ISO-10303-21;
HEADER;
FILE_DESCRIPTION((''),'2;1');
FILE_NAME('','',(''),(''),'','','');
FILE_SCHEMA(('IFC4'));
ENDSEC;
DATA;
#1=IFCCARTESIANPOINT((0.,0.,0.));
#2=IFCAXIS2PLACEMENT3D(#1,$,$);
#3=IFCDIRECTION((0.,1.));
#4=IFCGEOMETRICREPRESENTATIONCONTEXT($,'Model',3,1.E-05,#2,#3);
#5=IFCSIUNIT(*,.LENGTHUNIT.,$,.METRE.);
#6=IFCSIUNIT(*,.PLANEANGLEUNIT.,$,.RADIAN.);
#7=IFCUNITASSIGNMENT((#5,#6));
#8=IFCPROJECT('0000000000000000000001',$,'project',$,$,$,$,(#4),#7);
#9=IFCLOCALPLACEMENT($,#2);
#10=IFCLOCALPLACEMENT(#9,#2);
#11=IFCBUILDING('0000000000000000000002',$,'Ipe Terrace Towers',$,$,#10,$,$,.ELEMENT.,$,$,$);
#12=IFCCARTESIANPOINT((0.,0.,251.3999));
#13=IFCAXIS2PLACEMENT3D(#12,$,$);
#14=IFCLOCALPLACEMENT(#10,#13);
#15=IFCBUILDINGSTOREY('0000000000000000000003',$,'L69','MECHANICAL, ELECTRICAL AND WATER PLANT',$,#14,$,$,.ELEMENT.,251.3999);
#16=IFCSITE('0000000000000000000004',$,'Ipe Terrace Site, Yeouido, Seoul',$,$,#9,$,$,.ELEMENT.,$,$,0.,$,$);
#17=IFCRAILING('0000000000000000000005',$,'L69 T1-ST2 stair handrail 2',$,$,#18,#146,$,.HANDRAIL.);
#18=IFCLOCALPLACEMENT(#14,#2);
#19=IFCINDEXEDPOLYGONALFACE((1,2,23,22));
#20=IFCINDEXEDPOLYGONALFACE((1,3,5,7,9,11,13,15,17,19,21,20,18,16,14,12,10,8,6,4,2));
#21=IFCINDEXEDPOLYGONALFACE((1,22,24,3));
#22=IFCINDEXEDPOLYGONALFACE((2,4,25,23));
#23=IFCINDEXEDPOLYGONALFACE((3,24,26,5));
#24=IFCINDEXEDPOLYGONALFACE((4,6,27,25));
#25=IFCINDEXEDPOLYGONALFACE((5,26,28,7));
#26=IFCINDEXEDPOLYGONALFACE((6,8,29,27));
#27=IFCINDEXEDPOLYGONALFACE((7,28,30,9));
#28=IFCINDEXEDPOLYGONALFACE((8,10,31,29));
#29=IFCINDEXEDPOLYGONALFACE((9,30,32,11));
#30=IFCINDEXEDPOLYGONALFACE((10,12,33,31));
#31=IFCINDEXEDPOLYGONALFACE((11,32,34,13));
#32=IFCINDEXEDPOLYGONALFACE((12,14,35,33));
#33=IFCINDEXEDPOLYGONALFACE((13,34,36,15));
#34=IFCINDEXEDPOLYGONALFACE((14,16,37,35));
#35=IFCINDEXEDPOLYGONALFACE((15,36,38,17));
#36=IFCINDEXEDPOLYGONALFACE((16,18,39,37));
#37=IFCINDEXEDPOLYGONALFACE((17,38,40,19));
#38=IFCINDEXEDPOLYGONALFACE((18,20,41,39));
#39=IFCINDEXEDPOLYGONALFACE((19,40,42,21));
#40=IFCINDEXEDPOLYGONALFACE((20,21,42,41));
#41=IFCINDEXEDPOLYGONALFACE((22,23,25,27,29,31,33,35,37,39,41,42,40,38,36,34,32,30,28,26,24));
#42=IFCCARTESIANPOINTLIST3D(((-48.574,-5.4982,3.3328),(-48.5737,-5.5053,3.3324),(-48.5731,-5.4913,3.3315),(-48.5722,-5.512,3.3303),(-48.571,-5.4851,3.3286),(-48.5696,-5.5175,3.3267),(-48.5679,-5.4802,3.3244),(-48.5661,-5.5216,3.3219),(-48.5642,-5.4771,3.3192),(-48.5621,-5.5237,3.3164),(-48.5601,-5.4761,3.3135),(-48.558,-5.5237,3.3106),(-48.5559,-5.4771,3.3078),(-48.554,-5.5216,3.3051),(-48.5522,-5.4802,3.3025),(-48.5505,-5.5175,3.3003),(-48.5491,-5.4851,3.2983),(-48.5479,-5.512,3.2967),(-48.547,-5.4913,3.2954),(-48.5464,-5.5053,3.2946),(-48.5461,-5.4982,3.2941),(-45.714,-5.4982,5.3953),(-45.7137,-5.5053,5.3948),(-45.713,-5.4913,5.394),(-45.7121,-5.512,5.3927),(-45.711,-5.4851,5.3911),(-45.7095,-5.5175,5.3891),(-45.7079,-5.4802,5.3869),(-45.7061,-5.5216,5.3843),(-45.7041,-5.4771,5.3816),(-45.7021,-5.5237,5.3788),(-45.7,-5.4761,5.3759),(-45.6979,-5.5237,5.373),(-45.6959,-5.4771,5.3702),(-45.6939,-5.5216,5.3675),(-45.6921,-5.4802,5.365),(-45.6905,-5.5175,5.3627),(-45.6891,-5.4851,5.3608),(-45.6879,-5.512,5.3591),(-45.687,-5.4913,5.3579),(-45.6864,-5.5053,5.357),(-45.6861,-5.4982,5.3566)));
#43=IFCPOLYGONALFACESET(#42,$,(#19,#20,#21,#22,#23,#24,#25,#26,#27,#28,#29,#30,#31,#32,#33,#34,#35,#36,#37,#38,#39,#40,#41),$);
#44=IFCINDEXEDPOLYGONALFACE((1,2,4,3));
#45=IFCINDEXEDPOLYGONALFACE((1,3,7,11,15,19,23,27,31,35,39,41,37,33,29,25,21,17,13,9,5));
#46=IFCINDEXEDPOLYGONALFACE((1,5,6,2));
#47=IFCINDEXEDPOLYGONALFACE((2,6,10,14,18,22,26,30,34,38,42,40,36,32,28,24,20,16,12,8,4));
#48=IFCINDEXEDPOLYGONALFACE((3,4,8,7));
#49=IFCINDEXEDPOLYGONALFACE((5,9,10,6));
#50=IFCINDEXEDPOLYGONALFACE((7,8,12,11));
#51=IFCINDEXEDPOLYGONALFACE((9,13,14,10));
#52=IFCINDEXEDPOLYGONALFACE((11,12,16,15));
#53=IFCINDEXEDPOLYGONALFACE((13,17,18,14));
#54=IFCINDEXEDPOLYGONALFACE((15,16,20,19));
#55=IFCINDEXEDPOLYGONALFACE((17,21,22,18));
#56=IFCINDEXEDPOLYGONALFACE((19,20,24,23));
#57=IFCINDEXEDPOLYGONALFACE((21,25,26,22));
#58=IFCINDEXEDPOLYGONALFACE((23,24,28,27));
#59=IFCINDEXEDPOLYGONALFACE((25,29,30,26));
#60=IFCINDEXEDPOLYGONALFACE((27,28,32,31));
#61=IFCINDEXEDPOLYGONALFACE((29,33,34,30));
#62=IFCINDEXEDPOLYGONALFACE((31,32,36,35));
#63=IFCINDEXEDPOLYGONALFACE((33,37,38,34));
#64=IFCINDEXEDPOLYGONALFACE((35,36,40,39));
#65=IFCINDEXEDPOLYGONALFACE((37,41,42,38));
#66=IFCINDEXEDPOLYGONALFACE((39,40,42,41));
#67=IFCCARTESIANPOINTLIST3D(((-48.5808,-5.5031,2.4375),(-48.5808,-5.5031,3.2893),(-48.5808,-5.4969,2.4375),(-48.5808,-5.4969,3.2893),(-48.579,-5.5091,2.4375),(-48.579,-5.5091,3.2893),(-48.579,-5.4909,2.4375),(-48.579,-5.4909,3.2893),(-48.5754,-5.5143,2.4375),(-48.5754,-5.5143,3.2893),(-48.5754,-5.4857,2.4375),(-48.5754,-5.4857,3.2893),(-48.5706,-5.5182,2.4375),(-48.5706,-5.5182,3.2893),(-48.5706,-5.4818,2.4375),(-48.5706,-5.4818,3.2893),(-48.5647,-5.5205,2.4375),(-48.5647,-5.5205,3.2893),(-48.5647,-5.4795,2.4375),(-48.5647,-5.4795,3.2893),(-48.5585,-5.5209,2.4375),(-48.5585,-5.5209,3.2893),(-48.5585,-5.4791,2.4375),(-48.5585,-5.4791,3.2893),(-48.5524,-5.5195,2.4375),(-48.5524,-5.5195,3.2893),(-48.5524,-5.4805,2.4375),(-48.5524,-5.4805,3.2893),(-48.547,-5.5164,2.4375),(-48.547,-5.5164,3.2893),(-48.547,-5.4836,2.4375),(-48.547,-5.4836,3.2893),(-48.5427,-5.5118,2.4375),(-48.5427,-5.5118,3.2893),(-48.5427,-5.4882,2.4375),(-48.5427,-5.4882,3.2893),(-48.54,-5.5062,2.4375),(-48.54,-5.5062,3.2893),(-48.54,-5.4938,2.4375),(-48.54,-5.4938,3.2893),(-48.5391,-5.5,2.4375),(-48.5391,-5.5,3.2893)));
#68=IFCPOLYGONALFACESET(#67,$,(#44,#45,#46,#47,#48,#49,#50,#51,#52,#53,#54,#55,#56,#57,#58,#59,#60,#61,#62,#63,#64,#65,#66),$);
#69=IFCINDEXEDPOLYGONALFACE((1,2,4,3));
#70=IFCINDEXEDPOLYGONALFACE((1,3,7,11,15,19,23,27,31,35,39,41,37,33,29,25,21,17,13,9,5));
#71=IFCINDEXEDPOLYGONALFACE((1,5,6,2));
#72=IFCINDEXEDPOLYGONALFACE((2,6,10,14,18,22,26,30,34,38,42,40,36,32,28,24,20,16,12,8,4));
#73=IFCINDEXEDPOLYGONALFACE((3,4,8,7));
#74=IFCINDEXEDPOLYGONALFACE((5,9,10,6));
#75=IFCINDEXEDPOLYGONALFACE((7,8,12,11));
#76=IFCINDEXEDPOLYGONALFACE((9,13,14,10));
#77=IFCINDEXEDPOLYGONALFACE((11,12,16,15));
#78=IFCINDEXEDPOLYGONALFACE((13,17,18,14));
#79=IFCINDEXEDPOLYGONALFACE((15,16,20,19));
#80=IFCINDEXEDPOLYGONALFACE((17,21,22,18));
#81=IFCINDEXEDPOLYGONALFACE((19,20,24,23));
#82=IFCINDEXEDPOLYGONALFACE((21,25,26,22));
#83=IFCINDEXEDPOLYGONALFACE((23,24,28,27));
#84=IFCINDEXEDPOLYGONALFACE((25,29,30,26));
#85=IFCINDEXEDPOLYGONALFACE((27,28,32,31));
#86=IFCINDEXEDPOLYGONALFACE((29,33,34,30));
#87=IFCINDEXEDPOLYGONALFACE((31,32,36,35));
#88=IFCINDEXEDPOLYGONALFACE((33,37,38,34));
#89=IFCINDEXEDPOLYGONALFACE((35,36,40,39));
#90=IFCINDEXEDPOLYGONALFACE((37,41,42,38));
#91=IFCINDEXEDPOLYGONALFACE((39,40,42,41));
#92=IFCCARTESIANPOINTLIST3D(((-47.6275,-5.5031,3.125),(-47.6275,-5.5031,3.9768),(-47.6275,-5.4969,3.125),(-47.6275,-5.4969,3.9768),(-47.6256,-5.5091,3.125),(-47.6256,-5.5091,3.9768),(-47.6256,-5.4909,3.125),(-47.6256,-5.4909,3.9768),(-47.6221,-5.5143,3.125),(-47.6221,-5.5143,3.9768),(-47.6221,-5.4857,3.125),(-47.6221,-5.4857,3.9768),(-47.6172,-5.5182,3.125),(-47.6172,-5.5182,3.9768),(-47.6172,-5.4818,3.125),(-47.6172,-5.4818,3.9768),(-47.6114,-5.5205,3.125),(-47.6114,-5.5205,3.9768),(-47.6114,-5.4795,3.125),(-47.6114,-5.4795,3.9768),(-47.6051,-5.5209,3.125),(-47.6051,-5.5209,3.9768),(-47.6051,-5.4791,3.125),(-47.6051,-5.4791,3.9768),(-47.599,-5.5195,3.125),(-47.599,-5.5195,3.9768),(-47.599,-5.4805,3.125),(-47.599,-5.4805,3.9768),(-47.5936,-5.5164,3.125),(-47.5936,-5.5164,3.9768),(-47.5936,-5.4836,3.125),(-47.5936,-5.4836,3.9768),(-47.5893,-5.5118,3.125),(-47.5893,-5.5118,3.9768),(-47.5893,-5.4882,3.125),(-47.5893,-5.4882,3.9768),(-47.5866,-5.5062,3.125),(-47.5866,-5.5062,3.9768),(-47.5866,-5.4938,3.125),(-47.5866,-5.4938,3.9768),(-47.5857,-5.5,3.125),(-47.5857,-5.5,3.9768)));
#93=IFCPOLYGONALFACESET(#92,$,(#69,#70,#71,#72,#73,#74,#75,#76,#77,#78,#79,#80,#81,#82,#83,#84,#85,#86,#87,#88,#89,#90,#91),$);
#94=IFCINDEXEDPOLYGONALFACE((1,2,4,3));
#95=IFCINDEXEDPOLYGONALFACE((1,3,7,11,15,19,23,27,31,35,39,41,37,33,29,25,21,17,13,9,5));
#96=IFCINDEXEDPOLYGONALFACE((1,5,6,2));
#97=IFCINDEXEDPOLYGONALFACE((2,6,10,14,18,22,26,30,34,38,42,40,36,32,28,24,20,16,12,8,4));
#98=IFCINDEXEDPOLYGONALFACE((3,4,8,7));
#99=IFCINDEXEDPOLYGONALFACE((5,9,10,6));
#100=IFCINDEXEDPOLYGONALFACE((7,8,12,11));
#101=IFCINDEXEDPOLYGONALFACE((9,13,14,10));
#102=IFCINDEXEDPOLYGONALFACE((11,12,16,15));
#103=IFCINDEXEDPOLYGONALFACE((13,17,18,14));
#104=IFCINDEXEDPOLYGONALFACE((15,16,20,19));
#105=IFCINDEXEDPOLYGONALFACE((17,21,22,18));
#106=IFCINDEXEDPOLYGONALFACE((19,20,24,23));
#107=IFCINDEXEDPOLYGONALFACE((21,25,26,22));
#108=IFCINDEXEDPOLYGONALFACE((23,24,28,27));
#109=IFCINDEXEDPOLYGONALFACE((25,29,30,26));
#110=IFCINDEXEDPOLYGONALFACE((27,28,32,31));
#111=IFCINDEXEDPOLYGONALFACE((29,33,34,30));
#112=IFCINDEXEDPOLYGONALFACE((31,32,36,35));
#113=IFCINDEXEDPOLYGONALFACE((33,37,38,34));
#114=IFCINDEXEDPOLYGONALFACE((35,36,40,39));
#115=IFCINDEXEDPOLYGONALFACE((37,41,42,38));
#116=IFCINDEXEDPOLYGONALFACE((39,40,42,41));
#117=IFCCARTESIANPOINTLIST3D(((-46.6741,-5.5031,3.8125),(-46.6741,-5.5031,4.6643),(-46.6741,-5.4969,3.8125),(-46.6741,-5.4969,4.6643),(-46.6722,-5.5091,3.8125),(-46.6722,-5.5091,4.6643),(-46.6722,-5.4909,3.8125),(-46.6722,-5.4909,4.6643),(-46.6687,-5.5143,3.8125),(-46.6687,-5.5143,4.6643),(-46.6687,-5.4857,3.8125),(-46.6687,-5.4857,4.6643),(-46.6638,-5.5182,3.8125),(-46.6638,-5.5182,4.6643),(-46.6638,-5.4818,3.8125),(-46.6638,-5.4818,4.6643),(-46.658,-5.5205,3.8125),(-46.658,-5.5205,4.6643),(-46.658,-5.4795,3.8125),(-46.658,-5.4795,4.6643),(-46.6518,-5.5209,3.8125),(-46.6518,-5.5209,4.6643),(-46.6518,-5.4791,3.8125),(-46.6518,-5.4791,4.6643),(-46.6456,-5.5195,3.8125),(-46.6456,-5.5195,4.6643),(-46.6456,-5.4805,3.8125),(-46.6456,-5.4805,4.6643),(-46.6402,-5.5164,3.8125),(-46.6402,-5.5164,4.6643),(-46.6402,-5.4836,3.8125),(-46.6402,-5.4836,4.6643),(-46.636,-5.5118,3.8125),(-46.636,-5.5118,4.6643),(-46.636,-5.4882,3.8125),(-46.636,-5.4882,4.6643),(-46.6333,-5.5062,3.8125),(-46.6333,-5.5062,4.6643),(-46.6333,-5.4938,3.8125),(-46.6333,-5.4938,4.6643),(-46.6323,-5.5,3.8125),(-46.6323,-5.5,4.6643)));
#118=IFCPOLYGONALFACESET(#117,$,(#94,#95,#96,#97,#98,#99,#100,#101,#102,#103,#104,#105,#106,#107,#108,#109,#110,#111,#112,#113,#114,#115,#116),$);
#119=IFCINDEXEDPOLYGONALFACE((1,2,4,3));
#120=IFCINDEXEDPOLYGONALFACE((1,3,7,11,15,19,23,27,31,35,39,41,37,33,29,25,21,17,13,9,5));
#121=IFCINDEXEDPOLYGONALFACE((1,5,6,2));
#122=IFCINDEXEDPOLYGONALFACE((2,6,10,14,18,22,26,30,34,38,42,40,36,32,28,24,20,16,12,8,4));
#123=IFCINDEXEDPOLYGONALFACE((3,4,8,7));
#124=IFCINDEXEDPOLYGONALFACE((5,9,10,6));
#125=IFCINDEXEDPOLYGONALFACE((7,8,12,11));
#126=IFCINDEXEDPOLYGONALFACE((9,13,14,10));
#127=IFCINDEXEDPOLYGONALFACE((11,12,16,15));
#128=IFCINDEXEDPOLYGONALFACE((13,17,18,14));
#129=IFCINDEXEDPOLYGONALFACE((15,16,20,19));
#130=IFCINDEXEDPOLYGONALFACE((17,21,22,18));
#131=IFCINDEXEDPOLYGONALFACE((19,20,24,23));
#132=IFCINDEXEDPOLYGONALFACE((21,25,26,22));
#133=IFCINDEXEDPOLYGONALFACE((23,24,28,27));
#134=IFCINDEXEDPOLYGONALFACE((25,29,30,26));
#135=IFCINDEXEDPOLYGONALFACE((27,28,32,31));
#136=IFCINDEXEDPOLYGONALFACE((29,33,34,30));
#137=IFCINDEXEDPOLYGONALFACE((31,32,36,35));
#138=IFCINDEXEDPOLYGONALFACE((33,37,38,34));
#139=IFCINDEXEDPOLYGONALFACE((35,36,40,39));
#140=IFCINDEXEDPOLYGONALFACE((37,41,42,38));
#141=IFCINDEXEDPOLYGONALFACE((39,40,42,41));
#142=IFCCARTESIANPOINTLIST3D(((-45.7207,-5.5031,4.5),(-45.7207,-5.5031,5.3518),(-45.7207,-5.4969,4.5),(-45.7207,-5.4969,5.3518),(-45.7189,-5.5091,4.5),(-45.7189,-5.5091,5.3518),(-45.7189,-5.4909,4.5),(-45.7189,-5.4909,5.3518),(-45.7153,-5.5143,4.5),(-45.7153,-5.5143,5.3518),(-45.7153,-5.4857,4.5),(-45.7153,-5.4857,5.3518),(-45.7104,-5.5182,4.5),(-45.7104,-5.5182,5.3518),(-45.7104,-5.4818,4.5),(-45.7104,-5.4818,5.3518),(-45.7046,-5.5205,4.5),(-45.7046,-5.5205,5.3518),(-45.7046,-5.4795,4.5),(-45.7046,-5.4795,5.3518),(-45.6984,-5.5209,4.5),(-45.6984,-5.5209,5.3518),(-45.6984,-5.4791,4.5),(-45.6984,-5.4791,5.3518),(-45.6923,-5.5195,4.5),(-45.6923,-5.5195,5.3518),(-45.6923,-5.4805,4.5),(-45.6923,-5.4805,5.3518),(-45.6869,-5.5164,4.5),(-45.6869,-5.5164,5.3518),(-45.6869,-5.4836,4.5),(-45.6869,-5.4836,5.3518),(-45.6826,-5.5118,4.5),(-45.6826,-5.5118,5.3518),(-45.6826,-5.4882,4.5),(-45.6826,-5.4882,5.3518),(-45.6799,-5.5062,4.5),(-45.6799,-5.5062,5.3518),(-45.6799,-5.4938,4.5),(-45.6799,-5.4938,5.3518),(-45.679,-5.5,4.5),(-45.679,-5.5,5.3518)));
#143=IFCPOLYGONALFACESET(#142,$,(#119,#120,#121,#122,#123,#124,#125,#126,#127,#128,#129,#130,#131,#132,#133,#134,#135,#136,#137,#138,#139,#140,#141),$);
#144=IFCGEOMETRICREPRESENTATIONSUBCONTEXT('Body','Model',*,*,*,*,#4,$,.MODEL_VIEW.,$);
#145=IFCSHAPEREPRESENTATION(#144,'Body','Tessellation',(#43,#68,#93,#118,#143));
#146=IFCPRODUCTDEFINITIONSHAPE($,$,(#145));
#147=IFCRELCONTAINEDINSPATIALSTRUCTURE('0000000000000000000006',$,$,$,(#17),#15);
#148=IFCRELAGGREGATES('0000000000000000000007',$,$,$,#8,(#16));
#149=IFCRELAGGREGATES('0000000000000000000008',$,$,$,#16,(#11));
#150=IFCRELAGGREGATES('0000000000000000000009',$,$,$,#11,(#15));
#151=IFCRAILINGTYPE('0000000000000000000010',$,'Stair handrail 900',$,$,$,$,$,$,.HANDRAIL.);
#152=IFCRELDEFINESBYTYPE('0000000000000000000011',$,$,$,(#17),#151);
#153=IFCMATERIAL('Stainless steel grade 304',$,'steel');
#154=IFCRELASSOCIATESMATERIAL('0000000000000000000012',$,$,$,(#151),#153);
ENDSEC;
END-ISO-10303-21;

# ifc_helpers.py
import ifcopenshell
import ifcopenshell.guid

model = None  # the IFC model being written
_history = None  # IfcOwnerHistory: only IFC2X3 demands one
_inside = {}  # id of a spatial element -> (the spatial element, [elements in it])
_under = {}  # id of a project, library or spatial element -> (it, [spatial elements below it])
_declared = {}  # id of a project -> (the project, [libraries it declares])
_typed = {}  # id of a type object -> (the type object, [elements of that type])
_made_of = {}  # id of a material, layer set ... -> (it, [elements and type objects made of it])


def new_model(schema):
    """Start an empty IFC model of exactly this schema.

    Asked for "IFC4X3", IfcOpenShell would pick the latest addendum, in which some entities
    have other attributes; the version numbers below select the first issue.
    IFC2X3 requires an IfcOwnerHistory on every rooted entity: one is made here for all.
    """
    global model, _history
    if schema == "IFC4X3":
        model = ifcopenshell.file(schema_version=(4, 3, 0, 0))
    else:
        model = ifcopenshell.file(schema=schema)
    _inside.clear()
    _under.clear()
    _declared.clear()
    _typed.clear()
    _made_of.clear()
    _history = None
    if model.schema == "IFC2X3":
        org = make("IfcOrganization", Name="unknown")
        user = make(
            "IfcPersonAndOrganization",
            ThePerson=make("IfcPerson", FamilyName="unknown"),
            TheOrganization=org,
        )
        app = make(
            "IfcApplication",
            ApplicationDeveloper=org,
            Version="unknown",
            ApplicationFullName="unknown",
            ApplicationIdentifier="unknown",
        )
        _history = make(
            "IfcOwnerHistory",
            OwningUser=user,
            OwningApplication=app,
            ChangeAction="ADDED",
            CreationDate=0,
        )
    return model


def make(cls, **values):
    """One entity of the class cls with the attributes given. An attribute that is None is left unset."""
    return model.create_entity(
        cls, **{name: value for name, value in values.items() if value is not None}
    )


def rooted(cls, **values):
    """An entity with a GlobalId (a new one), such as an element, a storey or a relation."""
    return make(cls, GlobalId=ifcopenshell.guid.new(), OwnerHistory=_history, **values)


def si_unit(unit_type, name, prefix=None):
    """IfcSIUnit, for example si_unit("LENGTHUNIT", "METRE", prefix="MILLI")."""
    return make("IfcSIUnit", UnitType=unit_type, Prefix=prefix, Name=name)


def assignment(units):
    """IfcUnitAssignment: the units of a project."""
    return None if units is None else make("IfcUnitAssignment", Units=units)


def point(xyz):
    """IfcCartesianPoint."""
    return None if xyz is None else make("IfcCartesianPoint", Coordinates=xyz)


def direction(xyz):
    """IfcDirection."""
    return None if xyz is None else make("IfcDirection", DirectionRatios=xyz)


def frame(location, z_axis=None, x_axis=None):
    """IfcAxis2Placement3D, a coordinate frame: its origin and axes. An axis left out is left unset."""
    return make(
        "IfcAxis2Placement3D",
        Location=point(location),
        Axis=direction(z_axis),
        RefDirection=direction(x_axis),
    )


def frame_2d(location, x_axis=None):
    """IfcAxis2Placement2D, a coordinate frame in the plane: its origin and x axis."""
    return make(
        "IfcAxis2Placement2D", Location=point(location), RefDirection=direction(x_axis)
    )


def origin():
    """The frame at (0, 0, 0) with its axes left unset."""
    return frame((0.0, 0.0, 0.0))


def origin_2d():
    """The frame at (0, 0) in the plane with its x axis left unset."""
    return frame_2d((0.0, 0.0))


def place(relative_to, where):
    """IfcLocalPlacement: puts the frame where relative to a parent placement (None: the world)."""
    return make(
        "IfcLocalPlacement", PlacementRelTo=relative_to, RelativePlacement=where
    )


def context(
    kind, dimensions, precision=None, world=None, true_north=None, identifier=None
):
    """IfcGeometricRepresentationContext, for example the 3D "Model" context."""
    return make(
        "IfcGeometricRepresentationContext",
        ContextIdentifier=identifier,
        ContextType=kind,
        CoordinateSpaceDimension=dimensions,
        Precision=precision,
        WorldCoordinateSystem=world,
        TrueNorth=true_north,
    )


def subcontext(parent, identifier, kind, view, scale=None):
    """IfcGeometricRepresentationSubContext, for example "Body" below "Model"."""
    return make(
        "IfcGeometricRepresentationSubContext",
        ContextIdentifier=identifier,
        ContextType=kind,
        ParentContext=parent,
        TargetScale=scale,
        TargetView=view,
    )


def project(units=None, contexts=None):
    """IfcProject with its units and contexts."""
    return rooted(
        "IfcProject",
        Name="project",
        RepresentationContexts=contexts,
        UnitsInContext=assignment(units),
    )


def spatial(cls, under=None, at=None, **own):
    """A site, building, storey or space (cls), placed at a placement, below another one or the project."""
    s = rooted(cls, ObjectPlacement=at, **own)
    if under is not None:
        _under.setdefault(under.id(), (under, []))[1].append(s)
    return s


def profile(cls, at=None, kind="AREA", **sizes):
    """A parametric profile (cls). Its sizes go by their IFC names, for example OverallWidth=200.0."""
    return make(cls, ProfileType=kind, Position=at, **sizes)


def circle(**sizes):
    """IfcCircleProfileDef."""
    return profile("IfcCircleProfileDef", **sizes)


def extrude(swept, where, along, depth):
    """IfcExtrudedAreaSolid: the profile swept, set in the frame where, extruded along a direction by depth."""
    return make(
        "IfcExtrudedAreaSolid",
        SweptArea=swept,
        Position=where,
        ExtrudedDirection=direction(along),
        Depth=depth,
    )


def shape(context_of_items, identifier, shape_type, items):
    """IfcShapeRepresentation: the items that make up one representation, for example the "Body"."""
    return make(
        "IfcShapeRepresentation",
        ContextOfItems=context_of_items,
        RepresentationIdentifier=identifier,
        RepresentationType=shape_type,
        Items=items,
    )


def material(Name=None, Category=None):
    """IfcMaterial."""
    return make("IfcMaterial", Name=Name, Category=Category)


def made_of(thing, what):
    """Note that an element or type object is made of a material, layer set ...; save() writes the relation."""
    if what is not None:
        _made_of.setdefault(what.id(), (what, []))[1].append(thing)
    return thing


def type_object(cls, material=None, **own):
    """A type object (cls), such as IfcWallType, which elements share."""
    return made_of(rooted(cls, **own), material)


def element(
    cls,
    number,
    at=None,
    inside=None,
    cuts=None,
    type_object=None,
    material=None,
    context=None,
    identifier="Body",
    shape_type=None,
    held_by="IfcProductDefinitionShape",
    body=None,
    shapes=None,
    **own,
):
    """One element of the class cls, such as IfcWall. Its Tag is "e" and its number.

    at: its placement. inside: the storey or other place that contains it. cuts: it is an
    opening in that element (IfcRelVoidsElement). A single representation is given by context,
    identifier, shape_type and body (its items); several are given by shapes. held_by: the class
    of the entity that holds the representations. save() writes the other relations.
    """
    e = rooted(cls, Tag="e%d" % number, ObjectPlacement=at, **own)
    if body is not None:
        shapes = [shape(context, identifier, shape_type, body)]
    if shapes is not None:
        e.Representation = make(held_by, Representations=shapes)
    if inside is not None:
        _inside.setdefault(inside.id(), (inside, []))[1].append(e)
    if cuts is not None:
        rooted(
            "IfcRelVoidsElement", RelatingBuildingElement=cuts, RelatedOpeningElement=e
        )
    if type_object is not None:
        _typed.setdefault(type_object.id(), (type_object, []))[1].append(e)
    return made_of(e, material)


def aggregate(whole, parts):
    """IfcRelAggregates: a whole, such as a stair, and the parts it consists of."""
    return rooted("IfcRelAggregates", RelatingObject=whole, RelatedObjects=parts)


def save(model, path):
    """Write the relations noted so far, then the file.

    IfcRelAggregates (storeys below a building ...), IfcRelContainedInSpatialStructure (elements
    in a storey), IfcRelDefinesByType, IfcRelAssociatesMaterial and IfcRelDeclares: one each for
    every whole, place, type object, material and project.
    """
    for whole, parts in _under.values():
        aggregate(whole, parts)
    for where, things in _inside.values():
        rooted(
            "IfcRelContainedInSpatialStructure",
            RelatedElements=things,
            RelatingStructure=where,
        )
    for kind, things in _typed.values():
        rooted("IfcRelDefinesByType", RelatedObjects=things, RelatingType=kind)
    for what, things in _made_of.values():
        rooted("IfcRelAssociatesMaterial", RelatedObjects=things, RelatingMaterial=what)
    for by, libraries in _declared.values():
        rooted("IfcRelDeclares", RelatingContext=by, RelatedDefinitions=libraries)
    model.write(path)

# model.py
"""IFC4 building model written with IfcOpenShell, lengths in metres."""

from ifc_helpers import new_model, si_unit, direction, frame, origin, origin_2d, place, context, subcontext, project, spatial, circle, extrude, material, type_object, element, save


model = new_model("IFC4")

# Units and contexts
model_context = context("Model", 3, precision=1e-05, world=origin(), true_north=direction((0.0, 1.0)))
body_context = subcontext(model_context, "Body", "Model", "MODEL_VIEW")
ifc_project = project(units=[si_unit("LENGTHUNIT", "METRE"), si_unit("PLANEANGLEUNIT", "RADIAN")], contexts=[model_context])

# Site, building, storey
site_placement = place(None, origin())
site = spatial("IfcSite", under=ifc_project, at=site_placement, Name="Ipe Terrace Site, Yeouido, Seoul", CompositionType="ELEMENT", RefElevation=0.0)
building_placement = place(site_placement, origin())
building = spatial("IfcBuilding", under=site, at=building_placement, Name="Ipe Terrace Towers", CompositionType="ELEMENT")
storey_placement = place(building_placement, frame((0.0, 0.0, 251.3999)))
storey = spatial("IfcBuildingStorey", under=building, at=storey_placement, Name="L69", Description="MECHANICAL, ELECTRICAL AND WATER PLANT", CompositionType="ELEMENT", Elevation=251.3999)

# Railing
ifc_material_1 = material(Name="Stainless steel grade 304", Category="steel")
railing_type_1 = type_object("IfcRailingType", Name="Stair handrail 900", PredefinedType="HANDRAIL", material=ifc_material_1)
railing_1_placement = place(storey_placement, frame((-48.5601, -5.5, 2.4375)))
element("IfcRailing", 1, at=railing_1_placement, inside=storey, type_object=railing_type_1, Name="L69 T1-ST2 stair handrail 2", PredefinedType="HANDRAIL", context=body_context, shape_type="SweptSolid", body=[
    extrude(circle(Radius=0.0239, at=origin_2d()), frame((0.0, 0.0, 0.876), z_axis=(0.811101, 0.0, 0.584906), x_axis=(0.0, 1.0, 0.0)), (0.0, 0.0, 1.0), 3.5261),
    extrude(circle(Radius=0.021, at=origin_2d()), origin(), (0.0, 0.0, 1.0), 0.8518),
    extrude(circle(Radius=0.021, at=origin_2d()), frame((0.9534, 0.0, 0.6875)), (0.0, 0.0, 1.0), 0.8518),
    extrude(circle(Radius=0.021, at=origin_2d()), frame((1.9067, 0.0, 1.375)), (0.0, 0.0, 1.0), 0.8518),
    extrude(circle(Radius=0.021, at=origin_2d()), frame((2.8601, 0.0, 2.0625)), (0.0, 0.0, 1.0), 0.8518),
])

save(model, "model.ifc")
